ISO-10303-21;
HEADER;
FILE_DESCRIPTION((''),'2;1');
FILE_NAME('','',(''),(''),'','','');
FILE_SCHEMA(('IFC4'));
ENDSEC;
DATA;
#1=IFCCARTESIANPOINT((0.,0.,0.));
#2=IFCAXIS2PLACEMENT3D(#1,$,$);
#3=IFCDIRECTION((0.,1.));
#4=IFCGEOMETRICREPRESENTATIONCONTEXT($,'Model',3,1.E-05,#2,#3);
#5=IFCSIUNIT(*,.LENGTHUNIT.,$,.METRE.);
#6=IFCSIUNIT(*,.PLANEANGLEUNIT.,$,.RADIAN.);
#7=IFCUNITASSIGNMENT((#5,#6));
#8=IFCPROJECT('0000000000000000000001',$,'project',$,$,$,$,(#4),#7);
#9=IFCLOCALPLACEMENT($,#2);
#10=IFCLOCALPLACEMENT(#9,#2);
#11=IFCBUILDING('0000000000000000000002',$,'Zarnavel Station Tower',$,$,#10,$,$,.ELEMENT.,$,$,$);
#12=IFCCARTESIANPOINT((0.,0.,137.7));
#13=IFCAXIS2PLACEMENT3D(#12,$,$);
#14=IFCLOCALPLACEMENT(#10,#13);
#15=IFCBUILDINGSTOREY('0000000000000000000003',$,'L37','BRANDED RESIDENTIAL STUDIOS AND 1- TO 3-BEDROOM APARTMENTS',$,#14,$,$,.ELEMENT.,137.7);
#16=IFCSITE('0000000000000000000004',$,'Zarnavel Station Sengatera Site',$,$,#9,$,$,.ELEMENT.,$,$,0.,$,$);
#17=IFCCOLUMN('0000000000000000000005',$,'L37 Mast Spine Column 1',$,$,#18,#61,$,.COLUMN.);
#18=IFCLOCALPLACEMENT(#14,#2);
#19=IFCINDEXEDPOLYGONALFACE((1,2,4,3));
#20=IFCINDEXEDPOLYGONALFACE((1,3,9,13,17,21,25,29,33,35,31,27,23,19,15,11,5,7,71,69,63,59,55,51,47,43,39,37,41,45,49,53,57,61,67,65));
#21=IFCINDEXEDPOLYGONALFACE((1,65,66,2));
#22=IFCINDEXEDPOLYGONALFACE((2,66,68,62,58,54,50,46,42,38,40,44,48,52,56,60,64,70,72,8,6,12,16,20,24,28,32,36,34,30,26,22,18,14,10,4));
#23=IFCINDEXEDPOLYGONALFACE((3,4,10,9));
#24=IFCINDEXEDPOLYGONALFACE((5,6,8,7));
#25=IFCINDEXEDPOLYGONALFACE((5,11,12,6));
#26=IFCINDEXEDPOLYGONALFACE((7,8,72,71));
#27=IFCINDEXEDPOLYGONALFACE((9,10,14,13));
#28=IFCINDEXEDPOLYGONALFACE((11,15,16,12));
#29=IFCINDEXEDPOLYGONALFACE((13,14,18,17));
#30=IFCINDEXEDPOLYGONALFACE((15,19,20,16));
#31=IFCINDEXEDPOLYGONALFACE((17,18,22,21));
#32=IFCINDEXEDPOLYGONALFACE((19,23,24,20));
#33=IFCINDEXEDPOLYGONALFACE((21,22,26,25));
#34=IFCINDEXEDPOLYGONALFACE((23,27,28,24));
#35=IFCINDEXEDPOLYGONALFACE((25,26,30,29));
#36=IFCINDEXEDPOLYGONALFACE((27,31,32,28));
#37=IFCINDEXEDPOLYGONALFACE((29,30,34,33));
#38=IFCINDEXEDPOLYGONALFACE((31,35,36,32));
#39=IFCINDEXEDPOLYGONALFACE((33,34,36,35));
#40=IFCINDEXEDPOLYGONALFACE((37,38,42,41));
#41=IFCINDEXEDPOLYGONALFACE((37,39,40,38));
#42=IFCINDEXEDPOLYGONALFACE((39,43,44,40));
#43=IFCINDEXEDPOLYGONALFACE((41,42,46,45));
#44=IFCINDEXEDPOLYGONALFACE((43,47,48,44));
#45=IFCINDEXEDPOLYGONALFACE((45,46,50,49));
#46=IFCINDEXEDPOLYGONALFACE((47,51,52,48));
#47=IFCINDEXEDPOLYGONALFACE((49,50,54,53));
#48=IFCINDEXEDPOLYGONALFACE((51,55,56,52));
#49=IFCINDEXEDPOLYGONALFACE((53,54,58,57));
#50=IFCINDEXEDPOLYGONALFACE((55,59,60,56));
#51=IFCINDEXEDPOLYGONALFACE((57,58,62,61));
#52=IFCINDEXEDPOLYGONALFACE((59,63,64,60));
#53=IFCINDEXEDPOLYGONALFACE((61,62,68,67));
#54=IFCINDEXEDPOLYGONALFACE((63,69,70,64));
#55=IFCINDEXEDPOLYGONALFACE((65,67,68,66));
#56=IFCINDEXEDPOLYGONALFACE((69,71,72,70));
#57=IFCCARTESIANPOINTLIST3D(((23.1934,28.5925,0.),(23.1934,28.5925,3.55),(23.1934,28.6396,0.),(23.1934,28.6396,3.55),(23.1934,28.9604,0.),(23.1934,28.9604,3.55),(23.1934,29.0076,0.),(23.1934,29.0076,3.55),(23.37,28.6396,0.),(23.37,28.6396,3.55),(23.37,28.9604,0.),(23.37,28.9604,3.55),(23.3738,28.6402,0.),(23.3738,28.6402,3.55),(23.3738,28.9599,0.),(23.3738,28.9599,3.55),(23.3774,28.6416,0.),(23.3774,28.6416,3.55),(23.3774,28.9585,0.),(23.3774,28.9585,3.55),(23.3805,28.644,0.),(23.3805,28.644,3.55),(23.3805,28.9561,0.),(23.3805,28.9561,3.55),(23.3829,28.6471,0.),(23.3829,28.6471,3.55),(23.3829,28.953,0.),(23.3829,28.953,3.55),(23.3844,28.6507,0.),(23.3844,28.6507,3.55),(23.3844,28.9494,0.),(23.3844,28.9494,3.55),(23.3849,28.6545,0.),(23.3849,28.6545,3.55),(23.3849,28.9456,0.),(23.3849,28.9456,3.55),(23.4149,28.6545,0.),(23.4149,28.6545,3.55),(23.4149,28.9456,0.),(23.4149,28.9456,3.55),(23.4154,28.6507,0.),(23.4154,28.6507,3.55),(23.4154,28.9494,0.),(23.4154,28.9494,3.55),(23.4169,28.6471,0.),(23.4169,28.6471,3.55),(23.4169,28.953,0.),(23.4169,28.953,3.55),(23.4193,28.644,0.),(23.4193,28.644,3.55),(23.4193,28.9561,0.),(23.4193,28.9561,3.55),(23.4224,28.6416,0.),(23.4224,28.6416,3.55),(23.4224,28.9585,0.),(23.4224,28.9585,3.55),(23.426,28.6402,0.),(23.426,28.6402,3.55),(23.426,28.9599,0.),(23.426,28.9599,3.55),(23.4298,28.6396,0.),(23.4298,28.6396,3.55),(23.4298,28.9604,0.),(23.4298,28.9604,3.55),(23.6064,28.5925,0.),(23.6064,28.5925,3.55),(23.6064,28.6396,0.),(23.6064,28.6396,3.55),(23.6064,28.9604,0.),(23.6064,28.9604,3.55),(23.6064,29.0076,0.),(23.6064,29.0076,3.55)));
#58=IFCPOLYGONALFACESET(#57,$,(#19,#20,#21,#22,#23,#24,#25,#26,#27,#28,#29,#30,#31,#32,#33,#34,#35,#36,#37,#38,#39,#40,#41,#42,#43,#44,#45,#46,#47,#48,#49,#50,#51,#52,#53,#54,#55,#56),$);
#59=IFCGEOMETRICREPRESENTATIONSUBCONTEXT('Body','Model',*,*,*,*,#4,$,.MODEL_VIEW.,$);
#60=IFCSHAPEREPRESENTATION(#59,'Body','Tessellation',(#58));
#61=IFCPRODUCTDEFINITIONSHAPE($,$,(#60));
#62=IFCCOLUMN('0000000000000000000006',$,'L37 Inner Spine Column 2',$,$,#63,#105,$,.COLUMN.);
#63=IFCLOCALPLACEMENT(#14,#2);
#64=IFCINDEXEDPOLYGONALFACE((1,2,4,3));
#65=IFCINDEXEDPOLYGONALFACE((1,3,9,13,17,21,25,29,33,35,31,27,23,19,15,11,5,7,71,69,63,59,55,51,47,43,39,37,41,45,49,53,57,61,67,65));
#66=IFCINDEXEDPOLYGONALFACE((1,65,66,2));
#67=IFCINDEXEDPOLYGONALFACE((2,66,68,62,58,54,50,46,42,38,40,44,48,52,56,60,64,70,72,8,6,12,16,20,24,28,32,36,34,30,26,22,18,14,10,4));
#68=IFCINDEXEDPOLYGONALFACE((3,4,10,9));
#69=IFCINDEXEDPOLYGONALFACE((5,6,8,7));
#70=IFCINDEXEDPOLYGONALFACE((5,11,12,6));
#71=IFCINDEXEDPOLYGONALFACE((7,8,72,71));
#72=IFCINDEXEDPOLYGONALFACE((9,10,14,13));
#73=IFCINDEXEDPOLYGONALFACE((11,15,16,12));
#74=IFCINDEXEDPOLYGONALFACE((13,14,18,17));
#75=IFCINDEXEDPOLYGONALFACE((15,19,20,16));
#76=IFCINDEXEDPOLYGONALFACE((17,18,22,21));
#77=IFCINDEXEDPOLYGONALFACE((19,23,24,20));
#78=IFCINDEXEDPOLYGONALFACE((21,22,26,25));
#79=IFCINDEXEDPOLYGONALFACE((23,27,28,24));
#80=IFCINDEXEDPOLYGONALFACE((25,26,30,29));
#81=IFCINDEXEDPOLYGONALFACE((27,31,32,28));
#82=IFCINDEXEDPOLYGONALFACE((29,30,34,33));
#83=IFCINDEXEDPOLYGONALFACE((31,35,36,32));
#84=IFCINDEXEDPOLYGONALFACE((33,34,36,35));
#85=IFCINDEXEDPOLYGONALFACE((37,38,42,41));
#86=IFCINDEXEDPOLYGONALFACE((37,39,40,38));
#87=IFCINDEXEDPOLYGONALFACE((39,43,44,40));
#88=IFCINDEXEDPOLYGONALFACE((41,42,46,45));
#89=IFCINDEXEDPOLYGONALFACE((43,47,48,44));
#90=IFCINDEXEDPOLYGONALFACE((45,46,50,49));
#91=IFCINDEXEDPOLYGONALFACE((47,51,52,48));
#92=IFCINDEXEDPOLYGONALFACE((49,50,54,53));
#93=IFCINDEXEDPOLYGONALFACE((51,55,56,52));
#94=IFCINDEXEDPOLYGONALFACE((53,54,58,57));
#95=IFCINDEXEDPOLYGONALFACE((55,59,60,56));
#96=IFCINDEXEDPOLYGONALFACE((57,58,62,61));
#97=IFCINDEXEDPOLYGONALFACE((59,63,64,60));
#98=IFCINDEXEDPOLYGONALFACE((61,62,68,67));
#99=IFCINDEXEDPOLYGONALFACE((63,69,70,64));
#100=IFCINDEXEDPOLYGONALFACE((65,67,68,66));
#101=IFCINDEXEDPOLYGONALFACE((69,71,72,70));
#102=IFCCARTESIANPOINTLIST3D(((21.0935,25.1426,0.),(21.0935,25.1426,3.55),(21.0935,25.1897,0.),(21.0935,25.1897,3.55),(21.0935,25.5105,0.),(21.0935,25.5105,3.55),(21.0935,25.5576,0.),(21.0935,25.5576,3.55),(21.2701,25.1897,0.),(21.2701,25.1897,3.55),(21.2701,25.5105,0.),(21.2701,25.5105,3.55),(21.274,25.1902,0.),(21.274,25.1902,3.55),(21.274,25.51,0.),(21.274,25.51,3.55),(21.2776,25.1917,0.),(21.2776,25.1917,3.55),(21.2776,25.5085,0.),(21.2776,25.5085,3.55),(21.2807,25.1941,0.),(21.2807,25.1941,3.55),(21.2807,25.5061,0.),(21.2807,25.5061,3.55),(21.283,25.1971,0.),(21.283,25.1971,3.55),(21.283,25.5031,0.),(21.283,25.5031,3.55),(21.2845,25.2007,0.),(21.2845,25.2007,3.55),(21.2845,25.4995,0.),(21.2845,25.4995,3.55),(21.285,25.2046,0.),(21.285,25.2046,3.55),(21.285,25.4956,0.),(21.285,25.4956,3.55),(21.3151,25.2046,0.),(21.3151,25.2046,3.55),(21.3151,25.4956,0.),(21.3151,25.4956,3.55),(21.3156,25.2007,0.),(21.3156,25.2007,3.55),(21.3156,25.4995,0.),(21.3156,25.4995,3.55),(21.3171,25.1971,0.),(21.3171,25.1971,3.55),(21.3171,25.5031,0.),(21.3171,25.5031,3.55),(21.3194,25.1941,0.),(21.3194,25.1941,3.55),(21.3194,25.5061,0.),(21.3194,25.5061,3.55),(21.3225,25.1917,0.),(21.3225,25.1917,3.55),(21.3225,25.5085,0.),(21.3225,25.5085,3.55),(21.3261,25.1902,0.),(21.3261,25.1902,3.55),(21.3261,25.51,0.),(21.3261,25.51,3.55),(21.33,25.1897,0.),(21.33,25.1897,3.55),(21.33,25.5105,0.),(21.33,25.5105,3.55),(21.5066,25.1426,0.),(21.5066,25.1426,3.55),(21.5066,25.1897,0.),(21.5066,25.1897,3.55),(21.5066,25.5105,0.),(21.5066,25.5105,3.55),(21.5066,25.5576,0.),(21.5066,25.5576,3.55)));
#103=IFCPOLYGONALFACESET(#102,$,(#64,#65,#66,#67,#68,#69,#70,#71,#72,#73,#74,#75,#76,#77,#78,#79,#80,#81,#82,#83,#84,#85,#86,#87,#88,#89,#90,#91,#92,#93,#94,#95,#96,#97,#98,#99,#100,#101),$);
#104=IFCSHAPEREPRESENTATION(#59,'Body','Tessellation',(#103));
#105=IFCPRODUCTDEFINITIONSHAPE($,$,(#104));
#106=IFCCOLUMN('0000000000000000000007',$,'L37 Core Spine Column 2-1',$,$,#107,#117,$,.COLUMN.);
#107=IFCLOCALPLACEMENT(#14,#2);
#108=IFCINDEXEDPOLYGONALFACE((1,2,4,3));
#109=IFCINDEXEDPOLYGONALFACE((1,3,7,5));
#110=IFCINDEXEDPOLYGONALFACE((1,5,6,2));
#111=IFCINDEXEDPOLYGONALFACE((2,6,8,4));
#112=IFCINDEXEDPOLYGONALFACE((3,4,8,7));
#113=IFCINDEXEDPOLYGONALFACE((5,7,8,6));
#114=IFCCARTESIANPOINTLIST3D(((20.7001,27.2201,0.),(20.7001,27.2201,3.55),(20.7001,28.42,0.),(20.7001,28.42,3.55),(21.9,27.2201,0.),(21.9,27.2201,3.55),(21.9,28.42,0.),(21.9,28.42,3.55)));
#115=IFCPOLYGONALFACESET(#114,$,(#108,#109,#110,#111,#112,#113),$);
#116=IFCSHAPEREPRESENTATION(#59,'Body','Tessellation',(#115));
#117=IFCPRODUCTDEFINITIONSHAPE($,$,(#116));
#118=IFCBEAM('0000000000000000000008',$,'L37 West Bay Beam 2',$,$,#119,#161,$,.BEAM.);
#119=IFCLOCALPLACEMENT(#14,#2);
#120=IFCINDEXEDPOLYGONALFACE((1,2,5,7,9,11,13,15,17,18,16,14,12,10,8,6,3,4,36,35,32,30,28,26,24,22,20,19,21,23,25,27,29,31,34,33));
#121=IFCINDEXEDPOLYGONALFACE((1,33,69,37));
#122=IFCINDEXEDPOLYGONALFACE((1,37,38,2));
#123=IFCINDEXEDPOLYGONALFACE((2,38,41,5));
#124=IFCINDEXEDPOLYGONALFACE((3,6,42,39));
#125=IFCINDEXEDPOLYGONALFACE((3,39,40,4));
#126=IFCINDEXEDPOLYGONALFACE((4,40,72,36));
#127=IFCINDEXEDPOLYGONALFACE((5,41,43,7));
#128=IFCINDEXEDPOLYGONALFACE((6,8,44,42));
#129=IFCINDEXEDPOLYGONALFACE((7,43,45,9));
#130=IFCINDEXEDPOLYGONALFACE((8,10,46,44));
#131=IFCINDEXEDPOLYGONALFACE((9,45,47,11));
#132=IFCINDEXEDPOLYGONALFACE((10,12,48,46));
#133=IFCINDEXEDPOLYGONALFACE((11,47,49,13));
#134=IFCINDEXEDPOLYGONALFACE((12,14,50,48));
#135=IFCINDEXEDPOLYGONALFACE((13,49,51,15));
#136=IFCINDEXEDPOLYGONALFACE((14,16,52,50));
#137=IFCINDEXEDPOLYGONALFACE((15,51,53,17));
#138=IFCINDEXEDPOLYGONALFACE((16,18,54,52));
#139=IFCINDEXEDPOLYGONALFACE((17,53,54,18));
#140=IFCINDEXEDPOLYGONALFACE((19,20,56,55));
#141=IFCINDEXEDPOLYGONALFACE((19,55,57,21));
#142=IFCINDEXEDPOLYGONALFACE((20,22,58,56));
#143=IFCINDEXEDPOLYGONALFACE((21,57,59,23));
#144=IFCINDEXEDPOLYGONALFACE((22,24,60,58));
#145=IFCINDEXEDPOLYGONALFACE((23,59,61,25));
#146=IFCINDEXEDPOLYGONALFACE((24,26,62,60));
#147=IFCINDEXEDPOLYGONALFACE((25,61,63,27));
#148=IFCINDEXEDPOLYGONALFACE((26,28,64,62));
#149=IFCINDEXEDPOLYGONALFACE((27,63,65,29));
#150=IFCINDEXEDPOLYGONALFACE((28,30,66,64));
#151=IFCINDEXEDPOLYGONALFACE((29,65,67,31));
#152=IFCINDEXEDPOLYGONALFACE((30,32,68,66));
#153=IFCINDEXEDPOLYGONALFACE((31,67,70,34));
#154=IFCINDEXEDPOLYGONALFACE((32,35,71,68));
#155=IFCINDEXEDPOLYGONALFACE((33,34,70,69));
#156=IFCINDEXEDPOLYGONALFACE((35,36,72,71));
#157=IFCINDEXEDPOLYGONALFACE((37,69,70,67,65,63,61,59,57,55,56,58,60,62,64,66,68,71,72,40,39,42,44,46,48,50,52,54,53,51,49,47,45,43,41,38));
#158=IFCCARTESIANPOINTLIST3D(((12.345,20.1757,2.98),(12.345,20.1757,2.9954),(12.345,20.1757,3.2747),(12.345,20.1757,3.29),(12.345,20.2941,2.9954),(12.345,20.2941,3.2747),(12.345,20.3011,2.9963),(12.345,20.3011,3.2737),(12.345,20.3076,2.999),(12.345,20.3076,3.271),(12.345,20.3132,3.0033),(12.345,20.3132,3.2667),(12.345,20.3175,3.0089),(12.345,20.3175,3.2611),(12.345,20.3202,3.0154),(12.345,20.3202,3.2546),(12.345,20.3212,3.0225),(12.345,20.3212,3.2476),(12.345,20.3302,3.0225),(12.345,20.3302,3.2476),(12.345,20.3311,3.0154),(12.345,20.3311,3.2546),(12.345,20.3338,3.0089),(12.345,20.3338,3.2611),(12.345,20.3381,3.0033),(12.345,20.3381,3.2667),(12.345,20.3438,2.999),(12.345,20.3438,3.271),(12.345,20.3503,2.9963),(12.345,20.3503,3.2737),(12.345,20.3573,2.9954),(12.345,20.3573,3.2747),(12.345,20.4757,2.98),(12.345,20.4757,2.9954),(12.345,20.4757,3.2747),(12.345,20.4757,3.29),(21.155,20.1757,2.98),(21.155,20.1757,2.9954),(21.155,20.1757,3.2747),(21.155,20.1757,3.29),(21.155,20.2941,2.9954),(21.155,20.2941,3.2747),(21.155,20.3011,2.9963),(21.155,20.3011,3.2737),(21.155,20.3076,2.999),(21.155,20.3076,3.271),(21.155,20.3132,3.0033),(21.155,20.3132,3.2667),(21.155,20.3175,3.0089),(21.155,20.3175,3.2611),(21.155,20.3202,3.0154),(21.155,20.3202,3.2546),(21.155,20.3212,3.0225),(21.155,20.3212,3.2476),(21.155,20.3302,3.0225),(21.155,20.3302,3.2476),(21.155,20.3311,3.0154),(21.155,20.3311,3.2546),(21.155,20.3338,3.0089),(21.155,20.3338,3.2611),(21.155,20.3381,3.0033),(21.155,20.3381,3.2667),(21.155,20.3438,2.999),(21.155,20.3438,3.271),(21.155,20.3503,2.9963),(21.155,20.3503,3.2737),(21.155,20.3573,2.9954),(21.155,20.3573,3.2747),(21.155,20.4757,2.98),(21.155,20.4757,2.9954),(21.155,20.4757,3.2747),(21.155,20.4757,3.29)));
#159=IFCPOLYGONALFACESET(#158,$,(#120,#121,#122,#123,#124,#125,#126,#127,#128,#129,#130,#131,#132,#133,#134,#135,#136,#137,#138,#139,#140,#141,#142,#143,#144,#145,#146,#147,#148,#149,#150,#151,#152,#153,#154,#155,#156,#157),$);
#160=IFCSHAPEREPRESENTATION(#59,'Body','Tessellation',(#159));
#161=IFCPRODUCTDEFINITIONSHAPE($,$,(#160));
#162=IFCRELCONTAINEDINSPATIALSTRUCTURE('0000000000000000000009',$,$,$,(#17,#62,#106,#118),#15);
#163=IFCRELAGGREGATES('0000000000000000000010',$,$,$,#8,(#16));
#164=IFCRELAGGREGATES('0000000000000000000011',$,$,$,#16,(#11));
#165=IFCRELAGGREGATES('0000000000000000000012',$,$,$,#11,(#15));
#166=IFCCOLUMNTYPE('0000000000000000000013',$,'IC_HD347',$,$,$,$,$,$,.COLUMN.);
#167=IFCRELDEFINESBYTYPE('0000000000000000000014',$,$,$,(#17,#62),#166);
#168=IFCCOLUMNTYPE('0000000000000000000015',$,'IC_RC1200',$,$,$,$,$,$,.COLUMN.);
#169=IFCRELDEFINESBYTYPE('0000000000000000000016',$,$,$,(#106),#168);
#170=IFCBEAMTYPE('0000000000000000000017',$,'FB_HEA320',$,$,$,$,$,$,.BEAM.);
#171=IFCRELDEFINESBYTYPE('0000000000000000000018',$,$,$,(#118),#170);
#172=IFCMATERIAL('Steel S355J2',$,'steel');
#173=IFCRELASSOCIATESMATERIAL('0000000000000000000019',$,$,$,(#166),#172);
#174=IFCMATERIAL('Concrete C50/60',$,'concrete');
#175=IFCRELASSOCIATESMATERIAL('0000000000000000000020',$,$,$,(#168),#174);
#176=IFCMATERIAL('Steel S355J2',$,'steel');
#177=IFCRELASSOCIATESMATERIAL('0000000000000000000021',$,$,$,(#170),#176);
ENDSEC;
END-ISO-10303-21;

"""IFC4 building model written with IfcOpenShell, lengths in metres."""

from ifc_helpers import new_model, si_unit, direction, frame, origin, origin_2d, place, context, subcontext, project, spatial, rectangle, i_section, extrude, material, material_profile, profile_set, type_object, element, save


model = new_model("IFC4")

# Units and contexts
model_context = context("Model", 3, precision=1e-05, world=origin(), true_north=direction((0.0, 1.0)))
body_context = subcontext(model_context, "Body", "Model", "MODEL_VIEW")
ifc_project = project(units=[si_unit("LENGTHUNIT", "METRE"), si_unit("PLANEANGLEUNIT", "RADIAN")], contexts=[model_context])

# Site, building, storey
site_placement = place(None, origin())
site = spatial("IfcSite", under=ifc_project, at=site_placement, Name="Zarnavel Station Sengatera Site", CompositionType="ELEMENT", RefElevation=0.0)
building_placement = place(site_placement, origin())
building = spatial("IfcBuilding", under=site, at=building_placement, Name="Zarnavel Station Tower", CompositionType="ELEMENT")
storey_placement = place(building_placement, frame((0.0, 0.0, 137.7)))
storey = spatial("IfcBuildingStorey", under=building, at=storey_placement, Name="L37", Description="BRANDED RESIDENTIAL STUDIOS AND 1- TO 3-BEDROOM APARTMENTS", CompositionType="ELEMENT", Elevation=137.7)

# Columns
ifc_material_1 = material(Name="Steel S355J2", Category="steel")
ifc_material_profile_1 = material_profile(ifc_material_1, i_section(OverallWidth=0.4131, OverallDepth=0.415, WebThickness=0.03, FlangeThickness=0.0471, FilletRadius=0.0149, at=origin_2d()), Name="HD400x347")
ifc_profile_set_1 = profile_set([ifc_material_profile_1], Name="Steel S355J2")
column_type_1 = type_object("IfcColumnType", Name="IC_HD347", PredefinedType="COLUMN", material=ifc_profile_set_1)
for number, where, z_axis, x_axis, name in (
    (1, (23.3999, 28.8, 0.0), (0.0, 0.0, 1.0), (1.0, 0.0, 0.0), "L37 Mast Spine Column 1"),
    (2, (21.3, 25.3501, 0.0), (0.0, 0.0, 1.0), (1.0, 0.0, 0.0), "L37 Inner Spine Column 2"),
):
    element("IfcColumn", number, at=place(storey_placement, frame(where, z_axis=z_axis, x_axis=x_axis)), inside=storey, type_object=column_type_1, Name=name, PredefinedType="COLUMN", context=body_context, shape_type="SweptSolid", body=[
        extrude(i_section(OverallWidth=0.4131, OverallDepth=0.415, WebThickness=0.03, FlangeThickness=0.0471, FilletRadius=0.0149, at=origin_2d()), origin(), (0.0, 0.0, 1.0), 3.55),
    ])
ifc_material_2 = material(Name="Concrete C50/60", Category="concrete")
ifc_material_profile_2 = material_profile(ifc_material_2, rectangle(XDim=1.2, YDim=1.2, at=origin_2d()), Name="RC1200x1200")
ifc_profile_set_2 = profile_set([ifc_material_profile_2], Name="Concrete C50/60")
column_type_2 = type_object("IfcColumnType", Name="IC_RC1200", PredefinedType="COLUMN", material=ifc_profile_set_2)
column_placement = place(storey_placement, frame((21.3, 27.8201, 0.0), z_axis=(0.0, 0.0, 1.0), x_axis=(1.0, 0.0, 0.0)))
element("IfcColumn", 3, at=column_placement, inside=storey, type_object=column_type_2, Name="L37 Core Spine Column 2-1", PredefinedType="COLUMN", context=body_context, shape_type="SweptSolid", body=[
    extrude(rectangle(XDim=1.2, YDim=1.2, at=origin_2d()), origin(), (0.0, 0.0, 1.0), 3.55),
])

# Beam
ifc_material_3 = material(Name="Steel S355J2", Category="steel")
ifc_material_profile_3 = material_profile(ifc_material_3, i_section(OverallWidth=0.3, OverallDepth=0.3101, WebThickness=0.009, FlangeThickness=0.0154, FilletRadius=0.0271, at=origin_2d()), Name="HEA320")
ifc_profile_set_3 = profile_set([ifc_material_profile_3], Name="Steel S355J2")
beam_type_1 = type_object("IfcBeamType", Name="FB_HEA320", PredefinedType="BEAM", material=ifc_profile_set_3)
beam_1_placement = place(storey_placement, frame((12.345, 20.3257, 3.135), z_axis=(1.0, 0.0, 0.0), x_axis=(0.0, 1.0, 0.0)))
element("IfcBeam", 4, at=beam_1_placement, inside=storey, type_object=beam_type_1, Name="L37 West Bay Beam 2", PredefinedType="BEAM", context=body_context, shape_type="SweptSolid", body=[
    extrude(i_section(OverallWidth=0.3, OverallDepth=0.3101, WebThickness=0.009, FlangeThickness=0.0154, FilletRadius=0.0271, at=origin_2d()), origin(), (0.0, 0.0, 1.0), 8.8101),
])

save(model, "model.ifc")
